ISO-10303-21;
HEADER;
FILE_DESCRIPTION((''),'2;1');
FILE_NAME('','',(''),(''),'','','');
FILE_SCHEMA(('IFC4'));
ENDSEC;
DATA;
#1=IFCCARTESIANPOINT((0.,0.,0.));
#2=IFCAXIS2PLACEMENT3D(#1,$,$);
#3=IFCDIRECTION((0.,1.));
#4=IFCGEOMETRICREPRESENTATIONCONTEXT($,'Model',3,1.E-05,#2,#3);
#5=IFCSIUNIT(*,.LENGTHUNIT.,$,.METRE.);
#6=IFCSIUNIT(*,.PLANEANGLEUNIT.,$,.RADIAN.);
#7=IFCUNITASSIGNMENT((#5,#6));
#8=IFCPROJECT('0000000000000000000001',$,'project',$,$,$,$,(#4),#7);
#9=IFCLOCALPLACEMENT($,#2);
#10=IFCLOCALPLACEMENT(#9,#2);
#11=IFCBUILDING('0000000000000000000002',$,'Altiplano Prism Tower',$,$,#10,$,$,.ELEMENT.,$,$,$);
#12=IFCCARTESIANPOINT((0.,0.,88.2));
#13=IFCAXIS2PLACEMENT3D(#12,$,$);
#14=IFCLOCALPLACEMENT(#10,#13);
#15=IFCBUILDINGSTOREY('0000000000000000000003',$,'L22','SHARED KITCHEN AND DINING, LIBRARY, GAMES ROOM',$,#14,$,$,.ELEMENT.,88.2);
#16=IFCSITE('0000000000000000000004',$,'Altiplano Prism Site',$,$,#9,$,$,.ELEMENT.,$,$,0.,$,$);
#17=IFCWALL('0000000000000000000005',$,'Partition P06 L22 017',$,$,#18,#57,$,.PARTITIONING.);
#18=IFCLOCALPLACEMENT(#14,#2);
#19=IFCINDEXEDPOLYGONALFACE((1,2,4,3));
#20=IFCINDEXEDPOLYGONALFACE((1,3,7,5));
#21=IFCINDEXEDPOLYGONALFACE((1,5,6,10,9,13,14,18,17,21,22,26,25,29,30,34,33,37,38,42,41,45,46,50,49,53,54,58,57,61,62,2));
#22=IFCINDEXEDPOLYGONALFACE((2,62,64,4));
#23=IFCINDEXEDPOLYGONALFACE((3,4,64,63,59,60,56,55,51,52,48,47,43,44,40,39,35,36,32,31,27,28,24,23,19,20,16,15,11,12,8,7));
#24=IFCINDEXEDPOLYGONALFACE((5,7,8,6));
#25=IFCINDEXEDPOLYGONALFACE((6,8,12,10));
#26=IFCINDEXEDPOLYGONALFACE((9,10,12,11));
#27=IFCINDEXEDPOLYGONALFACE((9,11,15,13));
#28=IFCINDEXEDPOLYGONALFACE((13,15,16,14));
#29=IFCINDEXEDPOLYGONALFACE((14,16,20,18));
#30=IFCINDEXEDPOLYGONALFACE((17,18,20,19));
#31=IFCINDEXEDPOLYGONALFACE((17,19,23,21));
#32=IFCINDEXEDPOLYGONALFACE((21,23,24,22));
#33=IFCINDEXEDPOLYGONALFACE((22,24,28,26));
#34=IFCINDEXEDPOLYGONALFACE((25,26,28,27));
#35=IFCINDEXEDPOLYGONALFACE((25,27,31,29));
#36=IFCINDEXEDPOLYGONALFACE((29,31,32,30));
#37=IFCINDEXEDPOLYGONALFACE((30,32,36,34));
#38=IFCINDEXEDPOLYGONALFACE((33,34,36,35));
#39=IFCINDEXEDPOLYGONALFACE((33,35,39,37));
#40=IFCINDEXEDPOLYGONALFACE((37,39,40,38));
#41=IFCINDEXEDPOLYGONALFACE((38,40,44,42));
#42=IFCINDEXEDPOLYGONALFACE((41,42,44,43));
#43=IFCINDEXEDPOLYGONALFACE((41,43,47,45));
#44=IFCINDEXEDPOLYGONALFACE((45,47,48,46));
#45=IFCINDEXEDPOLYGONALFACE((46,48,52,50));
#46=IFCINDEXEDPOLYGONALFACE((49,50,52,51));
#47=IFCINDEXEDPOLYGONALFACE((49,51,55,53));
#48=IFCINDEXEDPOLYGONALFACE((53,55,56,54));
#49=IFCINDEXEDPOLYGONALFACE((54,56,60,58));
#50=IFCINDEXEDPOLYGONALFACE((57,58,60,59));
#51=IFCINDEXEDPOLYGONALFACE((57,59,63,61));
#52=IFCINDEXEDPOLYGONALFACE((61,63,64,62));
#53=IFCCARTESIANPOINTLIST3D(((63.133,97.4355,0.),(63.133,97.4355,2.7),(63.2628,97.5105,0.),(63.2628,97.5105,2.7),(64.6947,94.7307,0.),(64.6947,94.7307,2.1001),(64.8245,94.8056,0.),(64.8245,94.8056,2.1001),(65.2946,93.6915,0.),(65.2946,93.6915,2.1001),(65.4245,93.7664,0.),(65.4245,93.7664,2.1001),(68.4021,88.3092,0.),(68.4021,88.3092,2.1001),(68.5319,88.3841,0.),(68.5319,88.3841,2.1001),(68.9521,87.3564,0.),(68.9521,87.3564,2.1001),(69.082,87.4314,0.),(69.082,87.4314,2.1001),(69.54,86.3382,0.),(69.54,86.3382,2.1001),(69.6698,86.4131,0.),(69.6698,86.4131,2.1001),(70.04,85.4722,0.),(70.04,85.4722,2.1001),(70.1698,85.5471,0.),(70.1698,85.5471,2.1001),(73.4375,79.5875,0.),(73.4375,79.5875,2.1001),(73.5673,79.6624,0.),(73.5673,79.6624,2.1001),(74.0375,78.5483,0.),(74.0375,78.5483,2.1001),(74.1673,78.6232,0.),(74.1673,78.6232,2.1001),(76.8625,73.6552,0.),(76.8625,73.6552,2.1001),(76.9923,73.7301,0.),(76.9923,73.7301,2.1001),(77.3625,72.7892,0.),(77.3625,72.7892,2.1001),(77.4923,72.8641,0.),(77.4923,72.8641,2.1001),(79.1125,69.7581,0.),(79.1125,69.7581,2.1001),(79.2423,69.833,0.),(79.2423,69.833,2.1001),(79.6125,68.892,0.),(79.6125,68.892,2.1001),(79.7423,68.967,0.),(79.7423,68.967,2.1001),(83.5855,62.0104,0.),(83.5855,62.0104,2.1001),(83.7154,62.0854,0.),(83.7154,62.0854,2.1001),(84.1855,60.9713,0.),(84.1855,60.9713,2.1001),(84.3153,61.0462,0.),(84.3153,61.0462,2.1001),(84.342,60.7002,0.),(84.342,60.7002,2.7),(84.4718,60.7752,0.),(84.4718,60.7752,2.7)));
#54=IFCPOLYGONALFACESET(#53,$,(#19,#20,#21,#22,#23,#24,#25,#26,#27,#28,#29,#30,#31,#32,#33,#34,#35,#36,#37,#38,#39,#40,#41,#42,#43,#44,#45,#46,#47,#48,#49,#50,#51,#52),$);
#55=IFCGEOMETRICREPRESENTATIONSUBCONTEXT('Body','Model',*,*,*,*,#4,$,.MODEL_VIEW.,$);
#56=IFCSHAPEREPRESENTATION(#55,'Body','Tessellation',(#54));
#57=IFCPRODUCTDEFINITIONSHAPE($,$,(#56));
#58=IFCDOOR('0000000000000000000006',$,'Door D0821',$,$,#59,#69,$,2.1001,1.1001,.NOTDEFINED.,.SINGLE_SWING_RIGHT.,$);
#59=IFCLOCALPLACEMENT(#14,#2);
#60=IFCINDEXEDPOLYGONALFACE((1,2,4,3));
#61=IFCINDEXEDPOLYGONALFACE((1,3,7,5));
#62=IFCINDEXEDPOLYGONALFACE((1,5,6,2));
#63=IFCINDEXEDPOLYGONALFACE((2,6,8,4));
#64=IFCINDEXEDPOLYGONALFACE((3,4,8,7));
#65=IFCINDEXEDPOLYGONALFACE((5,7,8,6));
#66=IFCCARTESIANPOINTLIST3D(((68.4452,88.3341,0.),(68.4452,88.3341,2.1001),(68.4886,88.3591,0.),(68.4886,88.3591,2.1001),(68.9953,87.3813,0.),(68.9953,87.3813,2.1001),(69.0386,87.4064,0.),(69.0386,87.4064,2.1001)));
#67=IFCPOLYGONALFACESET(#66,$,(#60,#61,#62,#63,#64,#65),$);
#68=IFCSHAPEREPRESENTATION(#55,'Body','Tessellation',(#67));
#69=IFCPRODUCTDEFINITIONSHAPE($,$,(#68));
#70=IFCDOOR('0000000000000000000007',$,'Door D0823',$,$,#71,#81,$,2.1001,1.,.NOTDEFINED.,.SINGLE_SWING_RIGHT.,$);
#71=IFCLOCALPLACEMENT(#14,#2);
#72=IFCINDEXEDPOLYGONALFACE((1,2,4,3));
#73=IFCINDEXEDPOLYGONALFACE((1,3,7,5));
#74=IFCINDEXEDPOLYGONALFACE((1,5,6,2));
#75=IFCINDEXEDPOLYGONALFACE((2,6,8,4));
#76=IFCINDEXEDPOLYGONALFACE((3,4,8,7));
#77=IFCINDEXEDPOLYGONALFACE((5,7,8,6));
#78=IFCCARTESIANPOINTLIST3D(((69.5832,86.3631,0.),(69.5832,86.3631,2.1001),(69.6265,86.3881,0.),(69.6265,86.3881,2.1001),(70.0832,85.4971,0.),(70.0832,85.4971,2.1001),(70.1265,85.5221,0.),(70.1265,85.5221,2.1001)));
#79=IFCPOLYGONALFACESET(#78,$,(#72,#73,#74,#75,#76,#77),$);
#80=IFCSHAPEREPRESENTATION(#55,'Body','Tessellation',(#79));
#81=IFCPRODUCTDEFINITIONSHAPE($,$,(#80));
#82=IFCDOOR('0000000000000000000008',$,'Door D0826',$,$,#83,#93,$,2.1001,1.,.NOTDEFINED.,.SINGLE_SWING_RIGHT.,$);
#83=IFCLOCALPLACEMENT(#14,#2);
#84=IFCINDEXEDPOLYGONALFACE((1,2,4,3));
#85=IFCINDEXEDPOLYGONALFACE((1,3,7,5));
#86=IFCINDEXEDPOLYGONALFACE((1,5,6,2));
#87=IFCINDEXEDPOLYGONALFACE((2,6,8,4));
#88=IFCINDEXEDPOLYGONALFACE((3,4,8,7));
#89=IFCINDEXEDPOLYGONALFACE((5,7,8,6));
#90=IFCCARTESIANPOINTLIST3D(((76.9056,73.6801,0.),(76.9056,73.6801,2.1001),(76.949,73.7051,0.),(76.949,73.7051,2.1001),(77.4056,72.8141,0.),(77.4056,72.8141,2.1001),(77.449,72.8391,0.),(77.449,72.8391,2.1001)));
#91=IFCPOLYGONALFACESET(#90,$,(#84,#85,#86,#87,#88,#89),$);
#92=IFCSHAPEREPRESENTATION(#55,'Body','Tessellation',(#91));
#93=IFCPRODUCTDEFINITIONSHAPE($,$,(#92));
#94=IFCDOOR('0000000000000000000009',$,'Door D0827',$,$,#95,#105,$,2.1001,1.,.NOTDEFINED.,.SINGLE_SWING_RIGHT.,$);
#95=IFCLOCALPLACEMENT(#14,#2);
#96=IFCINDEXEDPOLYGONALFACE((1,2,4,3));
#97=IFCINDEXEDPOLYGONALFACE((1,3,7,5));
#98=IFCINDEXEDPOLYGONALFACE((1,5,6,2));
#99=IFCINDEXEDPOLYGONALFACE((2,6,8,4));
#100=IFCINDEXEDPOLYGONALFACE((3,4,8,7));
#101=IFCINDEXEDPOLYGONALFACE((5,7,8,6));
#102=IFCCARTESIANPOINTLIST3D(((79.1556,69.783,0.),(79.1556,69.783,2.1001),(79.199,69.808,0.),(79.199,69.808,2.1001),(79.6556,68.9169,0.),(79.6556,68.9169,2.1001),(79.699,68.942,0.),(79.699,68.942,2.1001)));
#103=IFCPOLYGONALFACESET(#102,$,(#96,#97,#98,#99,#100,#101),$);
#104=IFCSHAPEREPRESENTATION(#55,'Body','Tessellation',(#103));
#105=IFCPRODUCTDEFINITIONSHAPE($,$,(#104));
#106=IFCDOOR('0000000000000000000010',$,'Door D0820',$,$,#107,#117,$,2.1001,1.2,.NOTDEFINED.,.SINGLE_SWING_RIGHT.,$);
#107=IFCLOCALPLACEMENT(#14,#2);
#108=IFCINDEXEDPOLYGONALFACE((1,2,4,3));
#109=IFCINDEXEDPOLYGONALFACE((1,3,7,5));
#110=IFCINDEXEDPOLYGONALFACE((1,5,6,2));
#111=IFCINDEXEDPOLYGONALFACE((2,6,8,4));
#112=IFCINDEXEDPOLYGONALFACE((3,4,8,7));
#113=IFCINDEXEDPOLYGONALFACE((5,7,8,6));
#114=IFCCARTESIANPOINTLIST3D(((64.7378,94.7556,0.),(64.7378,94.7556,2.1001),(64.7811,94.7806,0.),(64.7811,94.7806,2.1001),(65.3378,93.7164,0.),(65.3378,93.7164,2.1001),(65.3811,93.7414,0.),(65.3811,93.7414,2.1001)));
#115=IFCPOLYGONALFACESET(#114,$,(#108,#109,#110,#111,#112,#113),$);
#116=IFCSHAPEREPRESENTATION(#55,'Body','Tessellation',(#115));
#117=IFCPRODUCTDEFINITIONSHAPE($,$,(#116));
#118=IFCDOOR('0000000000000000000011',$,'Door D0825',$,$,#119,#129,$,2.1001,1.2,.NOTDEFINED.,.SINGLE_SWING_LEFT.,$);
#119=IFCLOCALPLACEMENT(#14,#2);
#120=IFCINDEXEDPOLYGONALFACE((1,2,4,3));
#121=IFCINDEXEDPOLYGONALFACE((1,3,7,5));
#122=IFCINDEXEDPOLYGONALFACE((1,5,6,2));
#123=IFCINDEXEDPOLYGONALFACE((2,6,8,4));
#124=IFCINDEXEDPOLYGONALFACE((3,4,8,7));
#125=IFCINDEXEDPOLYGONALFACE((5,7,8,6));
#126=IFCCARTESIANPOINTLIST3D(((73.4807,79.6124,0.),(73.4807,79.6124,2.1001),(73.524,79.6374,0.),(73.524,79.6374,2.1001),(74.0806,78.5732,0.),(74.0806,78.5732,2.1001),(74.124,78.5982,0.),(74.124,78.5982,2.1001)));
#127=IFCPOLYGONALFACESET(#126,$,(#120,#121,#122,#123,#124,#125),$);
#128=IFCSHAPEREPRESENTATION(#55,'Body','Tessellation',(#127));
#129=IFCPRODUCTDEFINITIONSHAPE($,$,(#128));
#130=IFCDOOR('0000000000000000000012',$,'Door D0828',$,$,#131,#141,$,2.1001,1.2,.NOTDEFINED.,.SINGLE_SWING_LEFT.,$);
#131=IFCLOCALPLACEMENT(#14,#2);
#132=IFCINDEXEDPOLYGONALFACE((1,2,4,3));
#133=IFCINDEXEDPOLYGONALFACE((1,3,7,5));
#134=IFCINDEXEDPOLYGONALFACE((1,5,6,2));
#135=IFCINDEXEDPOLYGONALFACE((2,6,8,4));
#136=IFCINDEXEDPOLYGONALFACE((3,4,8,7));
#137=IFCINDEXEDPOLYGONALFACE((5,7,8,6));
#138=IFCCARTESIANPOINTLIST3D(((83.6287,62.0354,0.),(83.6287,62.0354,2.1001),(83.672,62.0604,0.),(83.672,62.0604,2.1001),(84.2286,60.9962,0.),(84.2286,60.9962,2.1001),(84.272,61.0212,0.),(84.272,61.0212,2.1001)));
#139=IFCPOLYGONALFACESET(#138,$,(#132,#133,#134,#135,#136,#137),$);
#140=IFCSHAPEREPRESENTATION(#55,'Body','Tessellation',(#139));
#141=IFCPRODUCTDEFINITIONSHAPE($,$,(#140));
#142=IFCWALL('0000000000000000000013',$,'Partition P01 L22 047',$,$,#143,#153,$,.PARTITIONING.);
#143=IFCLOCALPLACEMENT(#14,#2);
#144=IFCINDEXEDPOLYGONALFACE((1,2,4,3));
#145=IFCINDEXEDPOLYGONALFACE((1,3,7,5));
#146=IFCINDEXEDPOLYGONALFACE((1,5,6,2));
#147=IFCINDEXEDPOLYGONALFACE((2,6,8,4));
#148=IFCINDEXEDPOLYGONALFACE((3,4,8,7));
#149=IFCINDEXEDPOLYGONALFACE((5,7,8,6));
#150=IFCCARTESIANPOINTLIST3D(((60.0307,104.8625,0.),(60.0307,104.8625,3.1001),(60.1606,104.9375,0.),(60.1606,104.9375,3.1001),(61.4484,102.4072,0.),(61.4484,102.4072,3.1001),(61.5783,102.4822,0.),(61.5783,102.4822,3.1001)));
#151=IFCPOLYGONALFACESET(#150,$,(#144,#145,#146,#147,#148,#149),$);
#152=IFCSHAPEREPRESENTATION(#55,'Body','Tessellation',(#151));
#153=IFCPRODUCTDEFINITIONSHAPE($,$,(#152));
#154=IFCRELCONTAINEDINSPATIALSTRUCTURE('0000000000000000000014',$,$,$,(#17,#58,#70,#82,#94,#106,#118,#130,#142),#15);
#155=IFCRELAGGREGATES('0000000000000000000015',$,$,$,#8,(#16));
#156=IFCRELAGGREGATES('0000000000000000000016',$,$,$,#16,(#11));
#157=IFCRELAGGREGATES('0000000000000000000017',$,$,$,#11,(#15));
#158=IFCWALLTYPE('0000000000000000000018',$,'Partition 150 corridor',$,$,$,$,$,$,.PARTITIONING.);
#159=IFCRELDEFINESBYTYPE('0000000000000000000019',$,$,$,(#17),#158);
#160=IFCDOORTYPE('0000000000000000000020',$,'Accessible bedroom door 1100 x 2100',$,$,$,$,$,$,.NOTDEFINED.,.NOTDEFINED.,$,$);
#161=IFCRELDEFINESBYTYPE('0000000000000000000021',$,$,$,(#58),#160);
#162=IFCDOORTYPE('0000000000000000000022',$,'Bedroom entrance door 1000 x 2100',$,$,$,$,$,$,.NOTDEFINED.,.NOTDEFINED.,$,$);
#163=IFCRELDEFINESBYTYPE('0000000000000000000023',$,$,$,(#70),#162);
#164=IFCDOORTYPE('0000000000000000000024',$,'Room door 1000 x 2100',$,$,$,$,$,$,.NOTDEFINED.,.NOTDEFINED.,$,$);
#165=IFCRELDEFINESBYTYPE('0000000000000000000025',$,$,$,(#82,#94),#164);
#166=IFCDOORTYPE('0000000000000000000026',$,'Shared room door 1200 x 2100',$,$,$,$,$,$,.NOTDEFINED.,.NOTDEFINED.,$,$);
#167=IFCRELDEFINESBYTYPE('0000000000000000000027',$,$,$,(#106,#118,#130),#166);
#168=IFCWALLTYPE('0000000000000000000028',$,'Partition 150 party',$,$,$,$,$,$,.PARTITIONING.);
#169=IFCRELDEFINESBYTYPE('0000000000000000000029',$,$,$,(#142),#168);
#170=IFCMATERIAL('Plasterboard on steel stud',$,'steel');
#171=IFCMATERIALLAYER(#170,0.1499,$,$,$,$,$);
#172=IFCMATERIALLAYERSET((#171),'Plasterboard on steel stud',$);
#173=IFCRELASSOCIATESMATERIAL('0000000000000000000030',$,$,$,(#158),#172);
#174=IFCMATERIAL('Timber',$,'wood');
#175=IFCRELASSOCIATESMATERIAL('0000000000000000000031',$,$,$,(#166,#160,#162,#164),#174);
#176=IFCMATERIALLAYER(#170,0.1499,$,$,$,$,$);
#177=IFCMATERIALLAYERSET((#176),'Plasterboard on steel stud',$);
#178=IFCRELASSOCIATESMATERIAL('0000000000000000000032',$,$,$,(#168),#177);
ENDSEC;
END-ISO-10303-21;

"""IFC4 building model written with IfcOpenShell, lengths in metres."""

from ifc_helpers import new_model, si_unit, direction, frame, frame_2d, origin, place, context, subcontext, project, spatial, rectangle, extrude, material, layer, layer_set, type_object, element, fill, save


model = new_model("IFC4")

# Units and contexts
model_context = context("Model", 3, precision=1e-05, world=origin(), true_north=direction((0.0, 1.0)))
body_context = subcontext(model_context, "Body", "Model", "MODEL_VIEW")
ifc_project = project(units=[si_unit("LENGTHUNIT", "METRE"), si_unit("PLANEANGLEUNIT", "RADIAN")], contexts=[model_context])

# Site, building, storey
site_placement = place(None, origin())
site = spatial("IfcSite", under=ifc_project, at=site_placement, Name="Altiplano Prism Site", CompositionType="ELEMENT", RefElevation=0.0)
building_placement = place(site_placement, origin())
building = spatial("IfcBuilding", under=site, at=building_placement, Name="Altiplano Prism Tower", CompositionType="ELEMENT")
storey_placement = place(building_placement, frame((0.0, 0.0, 88.2)))
storey = spatial("IfcBuildingStorey", under=building, at=storey_placement, Name="L22", Description="SHARED KITCHEN AND DINING, LIBRARY, GAMES ROOM", CompositionType="ELEMENT", Elevation=88.2)

# Shared definitions
ifc_material_1 = material(Name="Plasterboard on steel stud", Category="steel")
ifc_layer_1 = layer(ifc_material_1, 0.1499)
ifc_layer_set_1 = layer_set([ifc_layer_1], Name="Plasterboard on steel stud")
wall_type_1 = type_object("IfcWallType", Name="Partition 150 corridor", PredefinedType="PARTITIONING", material=ifc_layer_set_1)

# Shared definitions
ifc_material_2 = material(Name="Timber", Category="wood")

# Shared definitions
door_type_1 = type_object("IfcDoorType", Name="Shared room door 1200 x 2100", OperationType="NOTDEFINED", PredefinedType="NOTDEFINED", material=ifc_material_2)

# Wall, openings, doors
wall_1_placement = place(storey_placement, frame((63.198, 97.4729, 0.0), z_axis=(0.0, 0.0, 1.0), x_axis=(0.499997, -0.866027, 0.0)))
wall_1 = element("IfcWall", 1, at=wall_1_placement, inside=storey, type_object=wall_type_1, Name="Partition P06 L22 017", PredefinedType="PARTITIONING", context=body_context, shape_type="SweptSolid", body=[
    extrude(rectangle(XDim=42.4182, YDim=0.1499, at=frame_2d((21.209, 0.0))), origin(), (0.0, 0.0, 1.0), 2.7),
])
opening_1_placement = place(wall_1_placement, frame((3.123, 0.0, 0.0)))
opening_1 = element("IfcOpeningElement", 2, at=opening_1_placement, cuts=wall_1, PredefinedType="OPENING", context=body_context, shape_type="SweptSolid", body=[
    extrude(rectangle(XDim=1.2, YDim=2.1001, at=frame_2d((0.6001, 1.05))), frame((0.0, 0.0854, 0.0), z_axis=(0.0, -1.0, 0.0), x_axis=(1.0, 0.0, 0.0)), (0.0, 0.0, 1.0), 0.1709),
])
opening_2_placement = place(wall_1_placement, frame((10.5381, 0.0, 0.0)))
opening_2 = element("IfcOpeningElement", 3, at=opening_2_placement, cuts=wall_1, PredefinedType="OPENING", context=body_context, shape_type="SweptSolid", body=[
    extrude(rectangle(XDim=1.1001, YDim=2.1001, at=frame_2d((0.55, 1.05))), frame((0.0, 0.0854, 0.0), z_axis=(0.0, -1.0, 0.0), x_axis=(1.0, 0.0, 0.0)), (0.0, 0.0, 1.0), 0.1709),
])
opening_3_placement = place(wall_1_placement, frame((12.814, 0.0, 0.0)))
opening_3 = element("IfcOpeningElement", 4, at=opening_3_placement, cuts=wall_1, PredefinedType="OPENING", context=body_context, shape_type="SweptSolid", body=[
    extrude(rectangle(XDim=1.0, YDim=2.1001, at=frame_2d((0.5, 1.05))), frame((0.0, 0.0854, 0.0), z_axis=(0.0, -1.0, 0.0), x_axis=(1.0, 0.0, 0.0)), (0.0, 0.0, 1.0), 0.1709),
])
opening_4_placement = place(wall_1_placement, frame((20.6089, 0.0, 0.0)))
opening_4 = element("IfcOpeningElement", 5, at=opening_4_placement, cuts=wall_1, PredefinedType="OPENING", context=body_context, shape_type="SweptSolid", body=[
    extrude(rectangle(XDim=1.2, YDim=2.1001, at=frame_2d((0.6001, 1.05))), frame((0.0, 0.0854, 0.0), z_axis=(0.0, -1.0, 0.0), x_axis=(1.0, 0.0, 0.0)), (0.0, 0.0, 1.0), 0.1709),
])
opening_5_placement = place(wall_1_placement, frame((27.459, 0.0, 0.0)))
opening_5 = element("IfcOpeningElement", 6, at=opening_5_placement, cuts=wall_1, PredefinedType="OPENING", context=body_context, shape_type="SweptSolid", body=[
    extrude(rectangle(XDim=1.0, YDim=2.1001, at=frame_2d((0.5, 1.05))), frame((0.0, 0.0854, 0.0), z_axis=(0.0, -1.0, 0.0), x_axis=(1.0, 0.0, 0.0)), (0.0, 0.0, 1.0), 0.1709),
])
opening_6_placement = place(wall_1_placement, frame((31.959, 0.0, 0.0)))
opening_6 = element("IfcOpeningElement", 7, at=opening_6_placement, cuts=wall_1, PredefinedType="OPENING", context=body_context, shape_type="SweptSolid", body=[
    extrude(rectangle(XDim=1.0, YDim=2.1001, at=frame_2d((0.5, 1.05))), frame((0.0, 0.0854, 0.0), z_axis=(0.0, -1.0, 0.0), x_axis=(1.0, 0.0, 0.0)), (0.0, 0.0, 1.0), 0.1709),
])
opening_7_placement = place(wall_1_placement, frame((40.905, 0.0, 0.0)))
opening_7 = element("IfcOpeningElement", 8, at=opening_7_placement, cuts=wall_1, PredefinedType="OPENING", context=body_context, shape_type="SweptSolid", body=[
    extrude(rectangle(XDim=1.2, YDim=2.1001, at=frame_2d((0.6001, 1.05))), frame((0.0, 0.0854, 0.0), z_axis=(0.0, -1.0, 0.0), x_axis=(1.0, 0.0, 0.0)), (0.0, 0.0, 1.0), 0.1709),
])
door_type_2 = type_object("IfcDoorType", Name="Accessible bedroom door 1100 x 2100", OperationType="NOTDEFINED", PredefinedType="NOTDEFINED", material=ifc_material_2)
door_1_placement = place(opening_2_placement, origin())
door_1 = element("IfcDoor", 9, at=door_1_placement, inside=storey, type_object=door_type_2, Name="Door D0821", OperationType="SINGLE_SWING_RIGHT", OverallHeight=2.1001, OverallWidth=1.1001, PredefinedType="NOTDEFINED", context=body_context, shape_type="SweptSolid", body=[
    extrude(rectangle(XDim=1.1001, YDim=2.1001, at=frame_2d((0.55, 1.05))), frame((0.0, 0.0249, 0.0), z_axis=(0.0, -1.0, 0.0), x_axis=(1.0, 0.0, 0.0)), (0.0, 0.0, 1.0), 0.05),
])
fill(opening_2, door_1)
door_type_3 = type_object("IfcDoorType", Name="Bedroom entrance door 1000 x 2100", OperationType="NOTDEFINED", PredefinedType="NOTDEFINED", material=ifc_material_2)
door_2_placement = place(opening_3_placement, origin())
door_2 = element("IfcDoor", 10, at=door_2_placement, inside=storey, type_object=door_type_3, Name="Door D0823", OperationType="SINGLE_SWING_RIGHT", OverallHeight=2.1001, OverallWidth=1.0, PredefinedType="NOTDEFINED", context=body_context, shape_type="SweptSolid", body=[
    extrude(rectangle(XDim=1.0, YDim=2.1001, at=frame_2d((0.5, 1.05))), frame((0.0, 0.0249, 0.0), z_axis=(0.0, -1.0, 0.0), x_axis=(1.0, 0.0, 0.0)), (0.0, 0.0, 1.0), 0.05),
])
fill(opening_3, door_2)
door_type_4 = type_object("IfcDoorType", Name="Room door 1000 x 2100", OperationType="NOTDEFINED", PredefinedType="NOTDEFINED", material=ifc_material_2)
door_3_placement = place(opening_5_placement, origin())
door_3 = element("IfcDoor", 11, at=door_3_placement, inside=storey, type_object=door_type_4, Name="Door D0826", OperationType="SINGLE_SWING_RIGHT", OverallHeight=2.1001, OverallWidth=1.0, PredefinedType="NOTDEFINED", context=body_context, shape_type="SweptSolid", body=[
    extrude(rectangle(XDim=1.0, YDim=2.1001, at=frame_2d((0.5, 1.05))), frame((0.0, 0.0249, 0.0), z_axis=(0.0, -1.0, 0.0), x_axis=(1.0, 0.0, 0.0)), (0.0, 0.0, 1.0), 0.05),
])
fill(opening_5, door_3)
door_4_placement = place(opening_6_placement, origin())
door_4 = element("IfcDoor", 12, at=door_4_placement, inside=storey, type_object=door_type_4, Name="Door D0827", OperationType="SINGLE_SWING_RIGHT", OverallHeight=2.1001, OverallWidth=1.0, PredefinedType="NOTDEFINED", context=body_context, shape_type="SweptSolid", body=[
    extrude(rectangle(XDim=1.0, YDim=2.1001, at=frame_2d((0.5, 1.05))), frame((0.0, 0.0249, 0.0), z_axis=(0.0, -1.0, 0.0), x_axis=(1.0, 0.0, 0.0)), (0.0, 0.0, 1.0), 0.05),
])
fill(opening_6, door_4)
door_5_placement = place(opening_1_placement, origin())
door_5 = element("IfcDoor", 13, at=door_5_placement, inside=storey, type_object=door_type_1, Name="Door D0820", OperationType="SINGLE_SWING_RIGHT", OverallHeight=2.1001, OverallWidth=1.2, PredefinedType="NOTDEFINED", context=body_context, shape_type="SweptSolid", body=[
    extrude(rectangle(XDim=1.2, YDim=2.1001, at=frame_2d((0.6001, 1.05))), frame((0.0, 0.0249, 0.0), z_axis=(0.0, -1.0, 0.0), x_axis=(1.0, 0.0, 0.0)), (0.0, 0.0, 1.0), 0.05),
])
fill(opening_1, door_5)
door_6_placement = place(opening_4_placement, origin())
door_6 = element("IfcDoor", 14, at=door_6_placement, inside=storey, type_object=door_type_1, Name="Door D0825", OperationType="SINGLE_SWING_LEFT", OverallHeight=2.1001, OverallWidth=1.2, PredefinedType="NOTDEFINED", context=body_context, shape_type="SweptSolid", body=[
    extrude(rectangle(XDim=1.2, YDim=2.1001, at=frame_2d((0.6001, 1.05))), frame((0.0, 0.0249, 0.0), z_axis=(0.0, -1.0, 0.0), x_axis=(1.0, 0.0, 0.0)), (0.0, 0.0, 1.0), 0.05),
])
fill(opening_4, door_6)
door_7_placement = place(opening_7_placement, origin())
door_7 = element("IfcDoor", 15, at=door_7_placement, inside=storey, type_object=door_type_1, Name="Door D0828", OperationType="SINGLE_SWING_LEFT", OverallHeight=2.1001, OverallWidth=1.2, PredefinedType="NOTDEFINED", context=body_context, shape_type="SweptSolid", body=[
    extrude(rectangle(XDim=1.2, YDim=2.1001, at=frame_2d((0.6001, 1.05))), frame((0.0, 0.0249, 0.0), z_axis=(0.0, -1.0, 0.0), x_axis=(1.0, 0.0, 0.0)), (0.0, 0.0, 1.0), 0.05),
])
fill(opening_7, door_7)

# Wall
ifc_layer_2 = layer(ifc_material_1, 0.1499)
ifc_layer_set_2 = layer_set([ifc_layer_2], Name="Plasterboard on steel stud")
wall_type_2 = type_object("IfcWallType", Name="Partition 150 party", PredefinedType="PARTITIONING", material=ifc_layer_set_2)
wall_2_placement = place(storey_placement, frame((60.0957, 104.8999, 0.0), z_axis=(0.0, 0.0, 1.0), x_axis=(0.500038, -0.866003, 0.0)))
element("IfcWall", 16, at=wall_2_placement, inside=storey, type_object=wall_type_2, Name="Partition P01 L22 047", PredefinedType="PARTITIONING", context=body_context, shape_type="SweptSolid", body=[
    extrude(rectangle(XDim=2.8352, YDim=0.1499, at=frame_2d((1.4175, 0.0))), origin(), (0.0, 0.0, 1.0), 3.1001),
])

save(model, "model.ifc")
